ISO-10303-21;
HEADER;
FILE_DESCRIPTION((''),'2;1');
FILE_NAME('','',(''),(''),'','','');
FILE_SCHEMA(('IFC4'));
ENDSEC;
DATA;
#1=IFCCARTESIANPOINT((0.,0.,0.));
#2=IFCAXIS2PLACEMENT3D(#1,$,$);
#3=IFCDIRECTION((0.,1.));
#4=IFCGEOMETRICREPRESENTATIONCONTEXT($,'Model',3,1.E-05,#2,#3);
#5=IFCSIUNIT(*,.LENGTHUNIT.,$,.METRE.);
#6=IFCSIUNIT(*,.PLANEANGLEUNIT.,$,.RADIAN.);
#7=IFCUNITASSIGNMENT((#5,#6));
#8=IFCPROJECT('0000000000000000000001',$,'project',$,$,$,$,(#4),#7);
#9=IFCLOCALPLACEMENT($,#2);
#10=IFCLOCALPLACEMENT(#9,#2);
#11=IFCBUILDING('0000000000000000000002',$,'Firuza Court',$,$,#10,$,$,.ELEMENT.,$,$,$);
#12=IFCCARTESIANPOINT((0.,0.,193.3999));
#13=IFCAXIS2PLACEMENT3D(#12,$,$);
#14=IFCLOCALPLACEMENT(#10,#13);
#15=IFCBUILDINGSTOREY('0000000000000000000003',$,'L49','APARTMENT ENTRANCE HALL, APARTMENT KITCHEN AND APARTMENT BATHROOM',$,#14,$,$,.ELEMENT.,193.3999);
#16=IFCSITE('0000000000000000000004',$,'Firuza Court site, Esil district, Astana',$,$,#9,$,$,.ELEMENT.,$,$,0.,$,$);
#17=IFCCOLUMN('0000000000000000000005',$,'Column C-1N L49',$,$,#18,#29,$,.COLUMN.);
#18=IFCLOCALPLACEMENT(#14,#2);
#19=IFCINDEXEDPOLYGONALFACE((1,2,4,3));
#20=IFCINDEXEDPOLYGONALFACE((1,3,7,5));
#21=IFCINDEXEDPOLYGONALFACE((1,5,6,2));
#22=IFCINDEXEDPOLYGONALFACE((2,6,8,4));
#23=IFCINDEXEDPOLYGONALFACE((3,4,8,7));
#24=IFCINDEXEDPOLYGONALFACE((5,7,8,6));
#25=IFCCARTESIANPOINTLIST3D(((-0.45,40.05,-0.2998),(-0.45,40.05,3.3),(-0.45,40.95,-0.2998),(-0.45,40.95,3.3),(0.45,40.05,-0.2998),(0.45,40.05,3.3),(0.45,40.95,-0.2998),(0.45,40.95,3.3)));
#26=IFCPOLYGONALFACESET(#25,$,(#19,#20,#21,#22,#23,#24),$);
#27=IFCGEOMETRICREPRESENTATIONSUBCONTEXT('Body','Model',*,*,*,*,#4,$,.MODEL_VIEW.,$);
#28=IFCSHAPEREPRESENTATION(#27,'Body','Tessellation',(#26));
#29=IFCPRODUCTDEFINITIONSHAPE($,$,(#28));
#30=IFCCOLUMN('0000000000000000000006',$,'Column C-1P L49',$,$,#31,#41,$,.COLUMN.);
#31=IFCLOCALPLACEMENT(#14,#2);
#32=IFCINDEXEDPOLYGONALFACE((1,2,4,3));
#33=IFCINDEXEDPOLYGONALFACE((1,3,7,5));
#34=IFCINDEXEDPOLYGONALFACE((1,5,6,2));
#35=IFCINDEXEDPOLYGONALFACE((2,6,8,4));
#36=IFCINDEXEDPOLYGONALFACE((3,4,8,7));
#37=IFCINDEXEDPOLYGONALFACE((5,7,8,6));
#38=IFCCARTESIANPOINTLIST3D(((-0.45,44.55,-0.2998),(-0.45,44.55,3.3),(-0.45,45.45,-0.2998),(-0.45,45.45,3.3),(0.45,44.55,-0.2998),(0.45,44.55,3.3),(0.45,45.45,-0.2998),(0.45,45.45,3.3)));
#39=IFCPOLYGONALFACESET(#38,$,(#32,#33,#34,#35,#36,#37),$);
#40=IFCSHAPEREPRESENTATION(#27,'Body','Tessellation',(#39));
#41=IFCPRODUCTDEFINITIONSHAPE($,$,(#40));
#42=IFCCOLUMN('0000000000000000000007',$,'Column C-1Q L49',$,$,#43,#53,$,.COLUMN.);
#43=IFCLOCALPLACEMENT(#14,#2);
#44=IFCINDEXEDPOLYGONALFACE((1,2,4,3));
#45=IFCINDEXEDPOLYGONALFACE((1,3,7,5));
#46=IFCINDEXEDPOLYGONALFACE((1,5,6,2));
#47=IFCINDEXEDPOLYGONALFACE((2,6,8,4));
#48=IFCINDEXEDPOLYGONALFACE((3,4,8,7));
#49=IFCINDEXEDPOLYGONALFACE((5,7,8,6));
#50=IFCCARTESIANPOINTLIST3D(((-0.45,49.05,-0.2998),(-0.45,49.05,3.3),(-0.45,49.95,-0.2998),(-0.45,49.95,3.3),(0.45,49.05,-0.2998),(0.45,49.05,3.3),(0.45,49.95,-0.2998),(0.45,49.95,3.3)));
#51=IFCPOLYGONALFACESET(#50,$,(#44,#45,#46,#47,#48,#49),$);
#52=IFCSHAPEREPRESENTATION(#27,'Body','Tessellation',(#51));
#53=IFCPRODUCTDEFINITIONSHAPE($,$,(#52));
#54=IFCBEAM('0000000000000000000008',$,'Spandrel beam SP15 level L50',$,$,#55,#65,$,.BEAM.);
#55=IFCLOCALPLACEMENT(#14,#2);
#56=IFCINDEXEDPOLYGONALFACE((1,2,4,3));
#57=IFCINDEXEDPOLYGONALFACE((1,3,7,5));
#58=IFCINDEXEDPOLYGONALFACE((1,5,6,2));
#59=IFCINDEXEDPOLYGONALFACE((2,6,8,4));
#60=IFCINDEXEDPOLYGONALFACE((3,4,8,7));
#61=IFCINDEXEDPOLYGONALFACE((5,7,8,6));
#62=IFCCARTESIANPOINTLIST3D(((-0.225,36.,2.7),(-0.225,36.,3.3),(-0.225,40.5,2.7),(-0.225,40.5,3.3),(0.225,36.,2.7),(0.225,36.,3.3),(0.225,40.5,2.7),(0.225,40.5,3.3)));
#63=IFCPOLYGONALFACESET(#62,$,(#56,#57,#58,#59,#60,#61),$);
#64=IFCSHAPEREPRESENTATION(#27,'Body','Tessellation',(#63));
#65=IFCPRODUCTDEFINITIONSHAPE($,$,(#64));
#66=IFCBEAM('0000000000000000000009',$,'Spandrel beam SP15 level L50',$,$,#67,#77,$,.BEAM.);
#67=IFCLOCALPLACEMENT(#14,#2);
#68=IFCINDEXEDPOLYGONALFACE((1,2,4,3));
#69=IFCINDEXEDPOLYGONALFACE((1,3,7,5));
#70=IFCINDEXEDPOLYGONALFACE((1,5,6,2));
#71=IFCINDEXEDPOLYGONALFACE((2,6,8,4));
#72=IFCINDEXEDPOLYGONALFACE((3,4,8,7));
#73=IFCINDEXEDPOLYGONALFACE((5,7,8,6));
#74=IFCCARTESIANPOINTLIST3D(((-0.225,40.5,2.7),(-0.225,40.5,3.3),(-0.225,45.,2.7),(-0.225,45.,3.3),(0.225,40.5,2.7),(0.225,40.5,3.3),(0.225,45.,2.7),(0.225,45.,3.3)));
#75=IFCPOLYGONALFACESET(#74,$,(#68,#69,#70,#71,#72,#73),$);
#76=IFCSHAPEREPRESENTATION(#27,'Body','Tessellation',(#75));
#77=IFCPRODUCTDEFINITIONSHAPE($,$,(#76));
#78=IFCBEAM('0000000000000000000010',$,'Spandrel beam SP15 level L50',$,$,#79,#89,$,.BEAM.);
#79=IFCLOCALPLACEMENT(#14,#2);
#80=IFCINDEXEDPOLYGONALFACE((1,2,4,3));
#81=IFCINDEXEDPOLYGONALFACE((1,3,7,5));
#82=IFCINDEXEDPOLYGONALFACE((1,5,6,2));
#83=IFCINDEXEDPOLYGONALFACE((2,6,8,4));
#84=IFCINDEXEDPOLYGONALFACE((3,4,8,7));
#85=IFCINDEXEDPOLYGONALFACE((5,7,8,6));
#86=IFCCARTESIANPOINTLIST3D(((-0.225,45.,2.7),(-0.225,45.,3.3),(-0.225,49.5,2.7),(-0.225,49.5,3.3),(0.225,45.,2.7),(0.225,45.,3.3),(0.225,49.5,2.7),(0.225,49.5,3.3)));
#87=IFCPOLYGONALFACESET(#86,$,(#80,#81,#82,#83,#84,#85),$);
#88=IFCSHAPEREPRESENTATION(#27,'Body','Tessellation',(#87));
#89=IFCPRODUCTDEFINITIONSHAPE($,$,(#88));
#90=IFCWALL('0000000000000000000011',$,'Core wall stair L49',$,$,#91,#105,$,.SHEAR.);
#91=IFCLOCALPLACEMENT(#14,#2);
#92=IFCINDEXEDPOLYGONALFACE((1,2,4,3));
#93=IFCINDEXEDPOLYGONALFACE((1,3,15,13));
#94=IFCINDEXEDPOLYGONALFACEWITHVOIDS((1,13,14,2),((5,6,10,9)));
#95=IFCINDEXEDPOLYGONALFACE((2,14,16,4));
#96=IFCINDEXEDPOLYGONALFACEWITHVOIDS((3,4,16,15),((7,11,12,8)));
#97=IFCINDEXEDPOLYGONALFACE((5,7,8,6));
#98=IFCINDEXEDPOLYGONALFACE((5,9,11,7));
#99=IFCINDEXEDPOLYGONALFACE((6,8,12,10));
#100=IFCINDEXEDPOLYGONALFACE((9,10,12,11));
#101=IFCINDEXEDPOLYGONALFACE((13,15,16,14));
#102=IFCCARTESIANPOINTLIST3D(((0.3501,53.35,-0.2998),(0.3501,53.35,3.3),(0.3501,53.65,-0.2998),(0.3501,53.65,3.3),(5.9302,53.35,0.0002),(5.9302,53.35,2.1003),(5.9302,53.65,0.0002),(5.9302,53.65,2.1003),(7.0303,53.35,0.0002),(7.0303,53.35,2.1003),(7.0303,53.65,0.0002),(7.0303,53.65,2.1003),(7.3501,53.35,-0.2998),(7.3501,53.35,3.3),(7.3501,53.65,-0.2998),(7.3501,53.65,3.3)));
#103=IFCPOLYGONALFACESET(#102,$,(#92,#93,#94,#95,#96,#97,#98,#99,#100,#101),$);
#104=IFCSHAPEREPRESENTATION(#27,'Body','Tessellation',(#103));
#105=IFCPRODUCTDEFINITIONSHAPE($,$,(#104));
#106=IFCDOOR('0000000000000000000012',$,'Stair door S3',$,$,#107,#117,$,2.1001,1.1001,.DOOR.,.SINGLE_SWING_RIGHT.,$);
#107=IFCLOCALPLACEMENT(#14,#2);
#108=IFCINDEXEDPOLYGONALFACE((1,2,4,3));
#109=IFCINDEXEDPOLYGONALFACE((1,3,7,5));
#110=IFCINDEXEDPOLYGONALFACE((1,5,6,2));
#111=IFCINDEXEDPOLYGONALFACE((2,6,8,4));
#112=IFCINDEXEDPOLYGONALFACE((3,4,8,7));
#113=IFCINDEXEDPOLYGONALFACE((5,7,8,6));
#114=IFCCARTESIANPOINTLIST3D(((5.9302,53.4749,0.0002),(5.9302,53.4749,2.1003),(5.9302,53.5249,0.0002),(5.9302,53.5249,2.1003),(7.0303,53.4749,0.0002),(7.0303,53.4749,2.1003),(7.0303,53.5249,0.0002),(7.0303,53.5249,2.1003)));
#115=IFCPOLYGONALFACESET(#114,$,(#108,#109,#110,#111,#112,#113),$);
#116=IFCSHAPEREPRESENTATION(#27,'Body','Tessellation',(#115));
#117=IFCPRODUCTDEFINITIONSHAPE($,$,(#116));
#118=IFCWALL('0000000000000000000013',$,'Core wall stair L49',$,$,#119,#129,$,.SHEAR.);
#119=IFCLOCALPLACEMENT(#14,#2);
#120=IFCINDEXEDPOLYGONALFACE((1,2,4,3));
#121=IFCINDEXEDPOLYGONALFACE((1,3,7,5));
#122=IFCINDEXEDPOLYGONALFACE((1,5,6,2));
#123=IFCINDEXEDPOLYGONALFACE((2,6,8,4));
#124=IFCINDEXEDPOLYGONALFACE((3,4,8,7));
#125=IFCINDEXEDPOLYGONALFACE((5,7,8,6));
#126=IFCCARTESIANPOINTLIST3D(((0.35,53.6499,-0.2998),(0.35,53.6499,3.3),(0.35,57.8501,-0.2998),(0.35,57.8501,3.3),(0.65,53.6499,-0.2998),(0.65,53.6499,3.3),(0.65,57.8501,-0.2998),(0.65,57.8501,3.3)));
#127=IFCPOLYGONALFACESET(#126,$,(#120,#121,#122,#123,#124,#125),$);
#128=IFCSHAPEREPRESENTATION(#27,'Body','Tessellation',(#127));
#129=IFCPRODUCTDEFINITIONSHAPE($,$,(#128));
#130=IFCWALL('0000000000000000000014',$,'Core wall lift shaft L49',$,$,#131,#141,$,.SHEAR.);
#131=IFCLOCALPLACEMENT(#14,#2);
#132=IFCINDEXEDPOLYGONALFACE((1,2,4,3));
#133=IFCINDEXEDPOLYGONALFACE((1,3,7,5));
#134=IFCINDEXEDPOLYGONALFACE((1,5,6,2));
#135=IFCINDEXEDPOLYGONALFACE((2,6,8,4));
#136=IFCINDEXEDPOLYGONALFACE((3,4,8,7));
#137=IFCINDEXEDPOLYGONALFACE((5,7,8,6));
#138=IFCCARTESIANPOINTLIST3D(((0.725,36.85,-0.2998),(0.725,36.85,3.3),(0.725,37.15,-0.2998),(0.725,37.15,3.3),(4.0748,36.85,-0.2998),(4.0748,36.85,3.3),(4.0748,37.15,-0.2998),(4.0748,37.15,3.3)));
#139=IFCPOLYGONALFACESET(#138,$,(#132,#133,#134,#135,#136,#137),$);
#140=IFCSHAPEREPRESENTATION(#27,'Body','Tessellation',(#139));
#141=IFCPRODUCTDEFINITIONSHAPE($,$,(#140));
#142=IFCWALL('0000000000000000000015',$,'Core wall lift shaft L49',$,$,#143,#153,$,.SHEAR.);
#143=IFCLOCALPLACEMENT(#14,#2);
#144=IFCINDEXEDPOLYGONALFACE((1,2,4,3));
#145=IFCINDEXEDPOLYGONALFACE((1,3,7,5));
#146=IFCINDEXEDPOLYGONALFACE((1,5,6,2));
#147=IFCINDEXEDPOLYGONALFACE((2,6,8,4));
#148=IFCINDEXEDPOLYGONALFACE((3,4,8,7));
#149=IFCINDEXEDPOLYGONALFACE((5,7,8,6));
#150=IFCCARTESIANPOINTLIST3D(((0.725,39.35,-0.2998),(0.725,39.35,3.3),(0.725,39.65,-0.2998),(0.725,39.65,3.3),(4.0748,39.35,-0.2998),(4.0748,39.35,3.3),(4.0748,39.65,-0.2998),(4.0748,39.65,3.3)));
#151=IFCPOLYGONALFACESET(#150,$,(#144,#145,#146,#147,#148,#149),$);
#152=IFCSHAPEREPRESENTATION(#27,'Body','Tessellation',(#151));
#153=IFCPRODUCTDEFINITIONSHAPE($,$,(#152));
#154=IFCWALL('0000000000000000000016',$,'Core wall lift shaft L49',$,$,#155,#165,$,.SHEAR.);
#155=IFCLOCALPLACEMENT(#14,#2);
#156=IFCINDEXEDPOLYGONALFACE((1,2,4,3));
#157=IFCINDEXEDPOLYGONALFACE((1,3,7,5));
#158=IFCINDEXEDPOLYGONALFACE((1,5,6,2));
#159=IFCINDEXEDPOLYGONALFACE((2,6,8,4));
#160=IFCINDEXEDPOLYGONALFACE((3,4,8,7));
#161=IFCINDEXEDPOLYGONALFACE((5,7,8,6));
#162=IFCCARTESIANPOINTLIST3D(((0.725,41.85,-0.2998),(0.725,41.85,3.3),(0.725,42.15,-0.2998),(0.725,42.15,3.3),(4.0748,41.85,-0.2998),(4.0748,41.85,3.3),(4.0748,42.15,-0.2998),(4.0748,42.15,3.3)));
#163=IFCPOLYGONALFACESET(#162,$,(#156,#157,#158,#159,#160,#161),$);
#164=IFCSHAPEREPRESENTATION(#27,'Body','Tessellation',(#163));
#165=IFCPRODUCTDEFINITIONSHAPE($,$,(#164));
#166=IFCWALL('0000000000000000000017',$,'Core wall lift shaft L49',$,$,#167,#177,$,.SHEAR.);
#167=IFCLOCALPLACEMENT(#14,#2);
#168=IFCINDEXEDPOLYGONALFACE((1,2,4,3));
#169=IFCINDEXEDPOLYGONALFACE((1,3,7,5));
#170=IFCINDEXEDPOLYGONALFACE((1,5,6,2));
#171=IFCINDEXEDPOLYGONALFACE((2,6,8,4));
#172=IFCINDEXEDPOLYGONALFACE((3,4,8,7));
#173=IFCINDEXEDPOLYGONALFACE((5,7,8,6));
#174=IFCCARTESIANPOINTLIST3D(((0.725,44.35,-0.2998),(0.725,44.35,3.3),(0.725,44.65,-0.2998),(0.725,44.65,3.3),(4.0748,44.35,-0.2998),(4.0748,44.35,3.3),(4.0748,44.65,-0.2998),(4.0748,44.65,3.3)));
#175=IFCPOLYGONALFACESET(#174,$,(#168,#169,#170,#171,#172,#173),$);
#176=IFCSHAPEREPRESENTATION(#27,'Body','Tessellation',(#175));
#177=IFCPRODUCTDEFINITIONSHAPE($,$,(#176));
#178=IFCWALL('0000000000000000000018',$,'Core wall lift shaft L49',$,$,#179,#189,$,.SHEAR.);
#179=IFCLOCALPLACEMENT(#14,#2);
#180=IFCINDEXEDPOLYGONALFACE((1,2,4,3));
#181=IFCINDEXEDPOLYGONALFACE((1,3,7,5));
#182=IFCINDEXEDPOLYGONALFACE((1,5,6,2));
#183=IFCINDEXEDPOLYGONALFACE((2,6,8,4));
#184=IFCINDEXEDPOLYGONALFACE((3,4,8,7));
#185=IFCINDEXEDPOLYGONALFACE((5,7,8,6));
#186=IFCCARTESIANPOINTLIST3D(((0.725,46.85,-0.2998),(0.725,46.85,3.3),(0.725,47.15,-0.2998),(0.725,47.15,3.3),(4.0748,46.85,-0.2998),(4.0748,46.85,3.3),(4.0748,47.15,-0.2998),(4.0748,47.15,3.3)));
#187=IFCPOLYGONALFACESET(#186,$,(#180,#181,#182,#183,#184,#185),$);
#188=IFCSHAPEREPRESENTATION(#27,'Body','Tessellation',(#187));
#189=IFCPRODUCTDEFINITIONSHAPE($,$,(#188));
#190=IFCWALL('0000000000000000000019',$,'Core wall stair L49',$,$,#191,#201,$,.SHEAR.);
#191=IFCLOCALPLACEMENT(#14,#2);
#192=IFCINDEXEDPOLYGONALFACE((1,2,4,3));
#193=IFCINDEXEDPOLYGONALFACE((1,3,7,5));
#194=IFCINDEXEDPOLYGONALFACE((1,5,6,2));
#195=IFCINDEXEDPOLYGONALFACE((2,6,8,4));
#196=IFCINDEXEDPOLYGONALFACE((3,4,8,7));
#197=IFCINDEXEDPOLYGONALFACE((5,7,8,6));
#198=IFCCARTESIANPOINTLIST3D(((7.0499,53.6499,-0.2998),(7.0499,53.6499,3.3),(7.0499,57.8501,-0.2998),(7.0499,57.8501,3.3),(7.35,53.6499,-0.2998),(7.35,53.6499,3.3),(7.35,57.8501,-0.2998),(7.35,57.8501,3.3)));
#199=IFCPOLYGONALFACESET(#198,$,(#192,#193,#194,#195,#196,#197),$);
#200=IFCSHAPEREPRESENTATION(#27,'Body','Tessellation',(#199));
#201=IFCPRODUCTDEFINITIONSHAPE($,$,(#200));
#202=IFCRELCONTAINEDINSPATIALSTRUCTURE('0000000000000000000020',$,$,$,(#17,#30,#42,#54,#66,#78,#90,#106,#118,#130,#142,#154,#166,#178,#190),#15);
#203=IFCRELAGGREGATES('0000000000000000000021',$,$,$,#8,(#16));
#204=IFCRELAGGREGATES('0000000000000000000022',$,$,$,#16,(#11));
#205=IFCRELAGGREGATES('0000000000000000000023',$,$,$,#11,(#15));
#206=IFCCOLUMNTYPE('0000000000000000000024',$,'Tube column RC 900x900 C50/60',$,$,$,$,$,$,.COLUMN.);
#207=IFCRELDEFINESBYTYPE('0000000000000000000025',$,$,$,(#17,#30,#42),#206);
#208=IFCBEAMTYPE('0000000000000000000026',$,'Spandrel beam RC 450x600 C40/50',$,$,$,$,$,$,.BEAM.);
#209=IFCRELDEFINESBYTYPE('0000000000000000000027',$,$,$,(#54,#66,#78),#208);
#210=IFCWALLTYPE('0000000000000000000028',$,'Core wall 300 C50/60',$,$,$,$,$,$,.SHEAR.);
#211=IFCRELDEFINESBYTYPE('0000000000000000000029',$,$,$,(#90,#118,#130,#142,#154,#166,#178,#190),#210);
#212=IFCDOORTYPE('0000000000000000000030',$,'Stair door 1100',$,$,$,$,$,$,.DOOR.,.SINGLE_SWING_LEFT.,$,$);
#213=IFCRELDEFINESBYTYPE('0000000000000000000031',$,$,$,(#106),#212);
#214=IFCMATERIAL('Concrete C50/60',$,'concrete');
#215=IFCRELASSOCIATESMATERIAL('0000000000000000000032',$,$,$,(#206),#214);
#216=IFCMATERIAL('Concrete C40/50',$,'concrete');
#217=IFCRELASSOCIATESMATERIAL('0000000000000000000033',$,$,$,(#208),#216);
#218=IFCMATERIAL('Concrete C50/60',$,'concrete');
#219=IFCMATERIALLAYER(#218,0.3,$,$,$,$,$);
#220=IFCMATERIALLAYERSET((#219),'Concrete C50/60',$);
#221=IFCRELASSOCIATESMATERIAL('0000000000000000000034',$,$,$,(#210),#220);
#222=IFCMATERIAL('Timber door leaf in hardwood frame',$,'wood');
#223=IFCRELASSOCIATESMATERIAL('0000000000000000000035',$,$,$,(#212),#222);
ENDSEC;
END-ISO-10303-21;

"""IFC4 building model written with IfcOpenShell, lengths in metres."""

from ifc_helpers import new_model, si_unit, direction, frame, frame_2d, origin, origin_2d, place, context, subcontext, project, spatial, rectangle, extrude, material, layer, layer_set, material_profile, profile_set, type_object, element, fill, save


model = new_model("IFC4")

# Units and contexts
model_context = context("Model", 3, precision=1e-05, world=origin(), true_north=direction((0.0, 1.0)))
body_context = subcontext(model_context, "Body", "Model", "MODEL_VIEW")
ifc_project = project(units=[si_unit("LENGTHUNIT", "METRE"), si_unit("PLANEANGLEUNIT", "RADIAN")], contexts=[model_context])

# Site, building, storey
site_placement = place(None, origin())
site = spatial("IfcSite", under=ifc_project, at=site_placement, Name="Firuza Court site, Esil district, Astana", CompositionType="ELEMENT", RefElevation=0.0)
building_placement = place(site_placement, origin())
building = spatial("IfcBuilding", under=site, at=building_placement, Name="Firuza Court", CompositionType="ELEMENT")
storey_placement = place(building_placement, frame((0.0, 0.0, 193.3999)))
storey = spatial("IfcBuildingStorey", under=building, at=storey_placement, Name="L49", Description="APARTMENT ENTRANCE HALL, APARTMENT KITCHEN AND APARTMENT BATHROOM", CompositionType="ELEMENT", Elevation=193.3999)

# Columns
ifc_material_1 = material(Name="Concrete C50/60", Category="concrete")
ifc_material_profile_1 = material_profile(ifc_material_1, rectangle(XDim=0.8999, YDim=0.8999, at=origin_2d()), Name="RC 900x900")
ifc_profile_set_1 = profile_set([ifc_material_profile_1], Name="Concrete C50/60")
column_type = type_object("IfcColumnType", Name="Tube column RC 900x900 C50/60", PredefinedType="COLUMN", material=ifc_profile_set_1)
for number, where, z_axis, x_axis, name in (
    (1, (0.0, 40.5, -0.2998), (0.0, 0.0, 1.0), (1.0, 0.0, 0.0), "Column C-1N L49"),
    (2, (0.0, 45.0, -0.2998), (0.0, 0.0, 1.0), (1.0, 0.0, 0.0), "Column C-1P L49"),
    (3, (0.0, 49.5, -0.2998), (0.0, 0.0, 1.0), (1.0, 0.0, 0.0), "Column C-1Q L49"),
):
    element("IfcColumn", number, at=place(storey_placement, frame(where, z_axis=z_axis, x_axis=x_axis)), inside=storey, type_object=column_type, Name=name, PredefinedType="COLUMN", context=body_context, shape_type="SweptSolid", body=[
        extrude(rectangle(XDim=0.8999, YDim=0.8999, at=origin_2d()), origin(), (0.0, 0.0, 1.0), 3.5999),
    ])

# Beams
ifc_material_2 = material(Name="Concrete C40/50", Category="concrete")
ifc_material_profile_2 = material_profile(ifc_material_2, rectangle(XDim=0.45, YDim=0.6001, at=origin_2d()), Name="RC 450x600")
ifc_profile_set_2 = profile_set([ifc_material_profile_2], Name="Concrete C40/50")
beam_type = type_object("IfcBeamType", Name="Spandrel beam RC 450x600 C40/50", PredefinedType="BEAM", material=ifc_profile_set_2)
for number, where, z_axis, x_axis, name in (
    (4, (0.0, 40.5, 3.0), (0.0, -1.0, 0.0), (1.0, 0.0, 0.0), "Spandrel beam SP15 level L50"),
    (5, (0.0, 45.0, 3.0), (0.0, -1.0, 0.0), (1.0, 0.0, 0.0), "Spandrel beam SP15 level L50"),
    (6, (0.0, 49.5, 3.0), (0.0, -1.0, 0.0), (1.0, 0.0, 0.0), "Spandrel beam SP15 level L50"),
):
    element("IfcBeam", number, at=place(storey_placement, frame(where, z_axis=z_axis, x_axis=x_axis)), inside=storey, type_object=beam_type, Name=name, PredefinedType="BEAM", context=body_context, shape_type="SweptSolid", body=[
        extrude(rectangle(XDim=0.45, YDim=0.6001, at=origin_2d()), origin(), (0.0, 0.0, 1.0), 4.5),
    ])

# Wall, opening, door
ifc_material_3 = material(Name="Concrete C50/60", Category="concrete")
ifc_layer_1 = layer(ifc_material_3, 0.3)
ifc_layer_set_1 = layer_set([ifc_layer_1], Name="Concrete C50/60")
wall_type_1 = type_object("IfcWallType", Name="Core wall 300 C50/60", PredefinedType="SHEAR", material=ifc_layer_set_1)
wall_1_placement = place(storey_placement, frame((0.3501, 53.5, -0.2998), z_axis=(0.0, 0.0, 1.0), x_axis=(1.0, 0.0, 0.0)))
wall_1 = element("IfcWall", 7, at=wall_1_placement, inside=storey, type_object=wall_type_1, Name="Core wall stair L49", PredefinedType="SHEAR", context=body_context, shape_type="SweptSolid", body=[
    extrude(rectangle(XDim=7.0, YDim=0.3, at=frame_2d((3.5, 0.0))), origin(), (0.0, 0.0, 1.0), 3.5999),
])
opening_1_placement = place(wall_1_placement, frame((5.5801, 0.0, 0.3)))
opening_1 = element("IfcOpeningElement", 8, at=opening_1_placement, cuts=wall_1, PredefinedType="OPENING", context=body_context, shape_type="SweptSolid", body=[
    extrude(rectangle(XDim=1.1001, YDim=2.1001, at=frame_2d((0.55, 1.05))), frame((0.0, 0.1621, 0.0), z_axis=(0.0, -1.0, 0.0), x_axis=(1.0, 0.0, 0.0)), (0.0, 0.0, 1.0), 0.324),
])
ifc_material_4 = material(Name="Timber door leaf in hardwood frame", Category="wood")
door_type_1 = type_object("IfcDoorType", Name="Stair door 1100", OperationType="SINGLE_SWING_LEFT", PredefinedType="DOOR", material=ifc_material_4)
door_1_placement = place(opening_1_placement, origin())
door_1 = element("IfcDoor", 9, at=door_1_placement, inside=storey, type_object=door_type_1, Name="Stair door S3", OperationType="SINGLE_SWING_RIGHT", OverallHeight=2.1001, OverallWidth=1.1001, PredefinedType="DOOR", context=body_context, shape_type="SweptSolid", body=[
    extrude(rectangle(XDim=1.1001, YDim=2.1001, at=frame_2d((0.55, 1.05))), frame((0.0, 0.0249, 0.0), z_axis=(0.0, -1.0, 0.0), x_axis=(1.0, 0.0, 0.0)), (0.0, 0.0, 1.0), 0.05),
])
fill(opening_1, door_1)

# Walls
wall_2_placement = place(storey_placement, frame((0.5, 53.6499, -0.2998), z_axis=(0.0, 0.0, 1.0), x_axis=(0.0, 1.0, 0.0)))
element("IfcWall", 10, at=wall_2_placement, inside=storey, type_object=wall_type_1, Name="Core wall stair L49", PredefinedType="SHEAR", context=body_context, shape_type="SweptSolid", body=[
    extrude(rectangle(XDim=4.2002, YDim=0.3, at=frame_2d((2.1001, 0.0))), origin(), (0.0, 0.0, 1.0), 3.5999),
])
for number, where, z_axis, x_axis, name in (
    (11, (0.7251, 37.0, -0.2998), (0.0, 0.0, 1.0), (1.0, 0.0, 0.0), "Core wall lift shaft L49"),
    (12, (0.7251, 39.5, -0.2998), (0.0, 0.0, 1.0), (1.0, 0.0, 0.0), "Core wall lift shaft L49"),
    (13, (0.7251, 42.0, -0.2998), (0.0, 0.0, 1.0), (1.0, 0.0, 0.0), "Core wall lift shaft L49"),
    (14, (0.7251, 44.5, -0.2998), (0.0, 0.0, 1.0), (1.0, 0.0, 0.0), "Core wall lift shaft L49"),
    (15, (0.7251, 47.0, -0.2998), (0.0, 0.0, 1.0), (1.0, 0.0, 0.0), "Core wall lift shaft L49"),
):
    element("IfcWall", number, at=place(storey_placement, frame(where, z_axis=z_axis, x_axis=x_axis)), inside=storey, type_object=wall_type_1, Name=name, PredefinedType="SHEAR", context=body_context, shape_type="SweptSolid", body=[
        extrude(rectangle(XDim=3.3499, YDim=0.3, at=frame_2d((1.6748, 0.0))), origin(), (0.0, 0.0, 1.0), 3.5999),
    ])
wall_3_placement = place(storey_placement, frame((7.2, 53.6499, -0.2998), z_axis=(0.0, 0.0, 1.0), x_axis=(0.0, 1.0, 0.0)))
element("IfcWall", 16, at=wall_3_placement, inside=storey, type_object=wall_type_1, Name="Core wall stair L49", PredefinedType="SHEAR", context=body_context, shape_type="SweptSolid", body=[
    extrude(rectangle(XDim=4.2002, YDim=0.3, at=frame_2d((2.1001, 0.0))), origin(), (0.0, 0.0, 1.0), 3.5999),
])

save(model, "model.ifc")
